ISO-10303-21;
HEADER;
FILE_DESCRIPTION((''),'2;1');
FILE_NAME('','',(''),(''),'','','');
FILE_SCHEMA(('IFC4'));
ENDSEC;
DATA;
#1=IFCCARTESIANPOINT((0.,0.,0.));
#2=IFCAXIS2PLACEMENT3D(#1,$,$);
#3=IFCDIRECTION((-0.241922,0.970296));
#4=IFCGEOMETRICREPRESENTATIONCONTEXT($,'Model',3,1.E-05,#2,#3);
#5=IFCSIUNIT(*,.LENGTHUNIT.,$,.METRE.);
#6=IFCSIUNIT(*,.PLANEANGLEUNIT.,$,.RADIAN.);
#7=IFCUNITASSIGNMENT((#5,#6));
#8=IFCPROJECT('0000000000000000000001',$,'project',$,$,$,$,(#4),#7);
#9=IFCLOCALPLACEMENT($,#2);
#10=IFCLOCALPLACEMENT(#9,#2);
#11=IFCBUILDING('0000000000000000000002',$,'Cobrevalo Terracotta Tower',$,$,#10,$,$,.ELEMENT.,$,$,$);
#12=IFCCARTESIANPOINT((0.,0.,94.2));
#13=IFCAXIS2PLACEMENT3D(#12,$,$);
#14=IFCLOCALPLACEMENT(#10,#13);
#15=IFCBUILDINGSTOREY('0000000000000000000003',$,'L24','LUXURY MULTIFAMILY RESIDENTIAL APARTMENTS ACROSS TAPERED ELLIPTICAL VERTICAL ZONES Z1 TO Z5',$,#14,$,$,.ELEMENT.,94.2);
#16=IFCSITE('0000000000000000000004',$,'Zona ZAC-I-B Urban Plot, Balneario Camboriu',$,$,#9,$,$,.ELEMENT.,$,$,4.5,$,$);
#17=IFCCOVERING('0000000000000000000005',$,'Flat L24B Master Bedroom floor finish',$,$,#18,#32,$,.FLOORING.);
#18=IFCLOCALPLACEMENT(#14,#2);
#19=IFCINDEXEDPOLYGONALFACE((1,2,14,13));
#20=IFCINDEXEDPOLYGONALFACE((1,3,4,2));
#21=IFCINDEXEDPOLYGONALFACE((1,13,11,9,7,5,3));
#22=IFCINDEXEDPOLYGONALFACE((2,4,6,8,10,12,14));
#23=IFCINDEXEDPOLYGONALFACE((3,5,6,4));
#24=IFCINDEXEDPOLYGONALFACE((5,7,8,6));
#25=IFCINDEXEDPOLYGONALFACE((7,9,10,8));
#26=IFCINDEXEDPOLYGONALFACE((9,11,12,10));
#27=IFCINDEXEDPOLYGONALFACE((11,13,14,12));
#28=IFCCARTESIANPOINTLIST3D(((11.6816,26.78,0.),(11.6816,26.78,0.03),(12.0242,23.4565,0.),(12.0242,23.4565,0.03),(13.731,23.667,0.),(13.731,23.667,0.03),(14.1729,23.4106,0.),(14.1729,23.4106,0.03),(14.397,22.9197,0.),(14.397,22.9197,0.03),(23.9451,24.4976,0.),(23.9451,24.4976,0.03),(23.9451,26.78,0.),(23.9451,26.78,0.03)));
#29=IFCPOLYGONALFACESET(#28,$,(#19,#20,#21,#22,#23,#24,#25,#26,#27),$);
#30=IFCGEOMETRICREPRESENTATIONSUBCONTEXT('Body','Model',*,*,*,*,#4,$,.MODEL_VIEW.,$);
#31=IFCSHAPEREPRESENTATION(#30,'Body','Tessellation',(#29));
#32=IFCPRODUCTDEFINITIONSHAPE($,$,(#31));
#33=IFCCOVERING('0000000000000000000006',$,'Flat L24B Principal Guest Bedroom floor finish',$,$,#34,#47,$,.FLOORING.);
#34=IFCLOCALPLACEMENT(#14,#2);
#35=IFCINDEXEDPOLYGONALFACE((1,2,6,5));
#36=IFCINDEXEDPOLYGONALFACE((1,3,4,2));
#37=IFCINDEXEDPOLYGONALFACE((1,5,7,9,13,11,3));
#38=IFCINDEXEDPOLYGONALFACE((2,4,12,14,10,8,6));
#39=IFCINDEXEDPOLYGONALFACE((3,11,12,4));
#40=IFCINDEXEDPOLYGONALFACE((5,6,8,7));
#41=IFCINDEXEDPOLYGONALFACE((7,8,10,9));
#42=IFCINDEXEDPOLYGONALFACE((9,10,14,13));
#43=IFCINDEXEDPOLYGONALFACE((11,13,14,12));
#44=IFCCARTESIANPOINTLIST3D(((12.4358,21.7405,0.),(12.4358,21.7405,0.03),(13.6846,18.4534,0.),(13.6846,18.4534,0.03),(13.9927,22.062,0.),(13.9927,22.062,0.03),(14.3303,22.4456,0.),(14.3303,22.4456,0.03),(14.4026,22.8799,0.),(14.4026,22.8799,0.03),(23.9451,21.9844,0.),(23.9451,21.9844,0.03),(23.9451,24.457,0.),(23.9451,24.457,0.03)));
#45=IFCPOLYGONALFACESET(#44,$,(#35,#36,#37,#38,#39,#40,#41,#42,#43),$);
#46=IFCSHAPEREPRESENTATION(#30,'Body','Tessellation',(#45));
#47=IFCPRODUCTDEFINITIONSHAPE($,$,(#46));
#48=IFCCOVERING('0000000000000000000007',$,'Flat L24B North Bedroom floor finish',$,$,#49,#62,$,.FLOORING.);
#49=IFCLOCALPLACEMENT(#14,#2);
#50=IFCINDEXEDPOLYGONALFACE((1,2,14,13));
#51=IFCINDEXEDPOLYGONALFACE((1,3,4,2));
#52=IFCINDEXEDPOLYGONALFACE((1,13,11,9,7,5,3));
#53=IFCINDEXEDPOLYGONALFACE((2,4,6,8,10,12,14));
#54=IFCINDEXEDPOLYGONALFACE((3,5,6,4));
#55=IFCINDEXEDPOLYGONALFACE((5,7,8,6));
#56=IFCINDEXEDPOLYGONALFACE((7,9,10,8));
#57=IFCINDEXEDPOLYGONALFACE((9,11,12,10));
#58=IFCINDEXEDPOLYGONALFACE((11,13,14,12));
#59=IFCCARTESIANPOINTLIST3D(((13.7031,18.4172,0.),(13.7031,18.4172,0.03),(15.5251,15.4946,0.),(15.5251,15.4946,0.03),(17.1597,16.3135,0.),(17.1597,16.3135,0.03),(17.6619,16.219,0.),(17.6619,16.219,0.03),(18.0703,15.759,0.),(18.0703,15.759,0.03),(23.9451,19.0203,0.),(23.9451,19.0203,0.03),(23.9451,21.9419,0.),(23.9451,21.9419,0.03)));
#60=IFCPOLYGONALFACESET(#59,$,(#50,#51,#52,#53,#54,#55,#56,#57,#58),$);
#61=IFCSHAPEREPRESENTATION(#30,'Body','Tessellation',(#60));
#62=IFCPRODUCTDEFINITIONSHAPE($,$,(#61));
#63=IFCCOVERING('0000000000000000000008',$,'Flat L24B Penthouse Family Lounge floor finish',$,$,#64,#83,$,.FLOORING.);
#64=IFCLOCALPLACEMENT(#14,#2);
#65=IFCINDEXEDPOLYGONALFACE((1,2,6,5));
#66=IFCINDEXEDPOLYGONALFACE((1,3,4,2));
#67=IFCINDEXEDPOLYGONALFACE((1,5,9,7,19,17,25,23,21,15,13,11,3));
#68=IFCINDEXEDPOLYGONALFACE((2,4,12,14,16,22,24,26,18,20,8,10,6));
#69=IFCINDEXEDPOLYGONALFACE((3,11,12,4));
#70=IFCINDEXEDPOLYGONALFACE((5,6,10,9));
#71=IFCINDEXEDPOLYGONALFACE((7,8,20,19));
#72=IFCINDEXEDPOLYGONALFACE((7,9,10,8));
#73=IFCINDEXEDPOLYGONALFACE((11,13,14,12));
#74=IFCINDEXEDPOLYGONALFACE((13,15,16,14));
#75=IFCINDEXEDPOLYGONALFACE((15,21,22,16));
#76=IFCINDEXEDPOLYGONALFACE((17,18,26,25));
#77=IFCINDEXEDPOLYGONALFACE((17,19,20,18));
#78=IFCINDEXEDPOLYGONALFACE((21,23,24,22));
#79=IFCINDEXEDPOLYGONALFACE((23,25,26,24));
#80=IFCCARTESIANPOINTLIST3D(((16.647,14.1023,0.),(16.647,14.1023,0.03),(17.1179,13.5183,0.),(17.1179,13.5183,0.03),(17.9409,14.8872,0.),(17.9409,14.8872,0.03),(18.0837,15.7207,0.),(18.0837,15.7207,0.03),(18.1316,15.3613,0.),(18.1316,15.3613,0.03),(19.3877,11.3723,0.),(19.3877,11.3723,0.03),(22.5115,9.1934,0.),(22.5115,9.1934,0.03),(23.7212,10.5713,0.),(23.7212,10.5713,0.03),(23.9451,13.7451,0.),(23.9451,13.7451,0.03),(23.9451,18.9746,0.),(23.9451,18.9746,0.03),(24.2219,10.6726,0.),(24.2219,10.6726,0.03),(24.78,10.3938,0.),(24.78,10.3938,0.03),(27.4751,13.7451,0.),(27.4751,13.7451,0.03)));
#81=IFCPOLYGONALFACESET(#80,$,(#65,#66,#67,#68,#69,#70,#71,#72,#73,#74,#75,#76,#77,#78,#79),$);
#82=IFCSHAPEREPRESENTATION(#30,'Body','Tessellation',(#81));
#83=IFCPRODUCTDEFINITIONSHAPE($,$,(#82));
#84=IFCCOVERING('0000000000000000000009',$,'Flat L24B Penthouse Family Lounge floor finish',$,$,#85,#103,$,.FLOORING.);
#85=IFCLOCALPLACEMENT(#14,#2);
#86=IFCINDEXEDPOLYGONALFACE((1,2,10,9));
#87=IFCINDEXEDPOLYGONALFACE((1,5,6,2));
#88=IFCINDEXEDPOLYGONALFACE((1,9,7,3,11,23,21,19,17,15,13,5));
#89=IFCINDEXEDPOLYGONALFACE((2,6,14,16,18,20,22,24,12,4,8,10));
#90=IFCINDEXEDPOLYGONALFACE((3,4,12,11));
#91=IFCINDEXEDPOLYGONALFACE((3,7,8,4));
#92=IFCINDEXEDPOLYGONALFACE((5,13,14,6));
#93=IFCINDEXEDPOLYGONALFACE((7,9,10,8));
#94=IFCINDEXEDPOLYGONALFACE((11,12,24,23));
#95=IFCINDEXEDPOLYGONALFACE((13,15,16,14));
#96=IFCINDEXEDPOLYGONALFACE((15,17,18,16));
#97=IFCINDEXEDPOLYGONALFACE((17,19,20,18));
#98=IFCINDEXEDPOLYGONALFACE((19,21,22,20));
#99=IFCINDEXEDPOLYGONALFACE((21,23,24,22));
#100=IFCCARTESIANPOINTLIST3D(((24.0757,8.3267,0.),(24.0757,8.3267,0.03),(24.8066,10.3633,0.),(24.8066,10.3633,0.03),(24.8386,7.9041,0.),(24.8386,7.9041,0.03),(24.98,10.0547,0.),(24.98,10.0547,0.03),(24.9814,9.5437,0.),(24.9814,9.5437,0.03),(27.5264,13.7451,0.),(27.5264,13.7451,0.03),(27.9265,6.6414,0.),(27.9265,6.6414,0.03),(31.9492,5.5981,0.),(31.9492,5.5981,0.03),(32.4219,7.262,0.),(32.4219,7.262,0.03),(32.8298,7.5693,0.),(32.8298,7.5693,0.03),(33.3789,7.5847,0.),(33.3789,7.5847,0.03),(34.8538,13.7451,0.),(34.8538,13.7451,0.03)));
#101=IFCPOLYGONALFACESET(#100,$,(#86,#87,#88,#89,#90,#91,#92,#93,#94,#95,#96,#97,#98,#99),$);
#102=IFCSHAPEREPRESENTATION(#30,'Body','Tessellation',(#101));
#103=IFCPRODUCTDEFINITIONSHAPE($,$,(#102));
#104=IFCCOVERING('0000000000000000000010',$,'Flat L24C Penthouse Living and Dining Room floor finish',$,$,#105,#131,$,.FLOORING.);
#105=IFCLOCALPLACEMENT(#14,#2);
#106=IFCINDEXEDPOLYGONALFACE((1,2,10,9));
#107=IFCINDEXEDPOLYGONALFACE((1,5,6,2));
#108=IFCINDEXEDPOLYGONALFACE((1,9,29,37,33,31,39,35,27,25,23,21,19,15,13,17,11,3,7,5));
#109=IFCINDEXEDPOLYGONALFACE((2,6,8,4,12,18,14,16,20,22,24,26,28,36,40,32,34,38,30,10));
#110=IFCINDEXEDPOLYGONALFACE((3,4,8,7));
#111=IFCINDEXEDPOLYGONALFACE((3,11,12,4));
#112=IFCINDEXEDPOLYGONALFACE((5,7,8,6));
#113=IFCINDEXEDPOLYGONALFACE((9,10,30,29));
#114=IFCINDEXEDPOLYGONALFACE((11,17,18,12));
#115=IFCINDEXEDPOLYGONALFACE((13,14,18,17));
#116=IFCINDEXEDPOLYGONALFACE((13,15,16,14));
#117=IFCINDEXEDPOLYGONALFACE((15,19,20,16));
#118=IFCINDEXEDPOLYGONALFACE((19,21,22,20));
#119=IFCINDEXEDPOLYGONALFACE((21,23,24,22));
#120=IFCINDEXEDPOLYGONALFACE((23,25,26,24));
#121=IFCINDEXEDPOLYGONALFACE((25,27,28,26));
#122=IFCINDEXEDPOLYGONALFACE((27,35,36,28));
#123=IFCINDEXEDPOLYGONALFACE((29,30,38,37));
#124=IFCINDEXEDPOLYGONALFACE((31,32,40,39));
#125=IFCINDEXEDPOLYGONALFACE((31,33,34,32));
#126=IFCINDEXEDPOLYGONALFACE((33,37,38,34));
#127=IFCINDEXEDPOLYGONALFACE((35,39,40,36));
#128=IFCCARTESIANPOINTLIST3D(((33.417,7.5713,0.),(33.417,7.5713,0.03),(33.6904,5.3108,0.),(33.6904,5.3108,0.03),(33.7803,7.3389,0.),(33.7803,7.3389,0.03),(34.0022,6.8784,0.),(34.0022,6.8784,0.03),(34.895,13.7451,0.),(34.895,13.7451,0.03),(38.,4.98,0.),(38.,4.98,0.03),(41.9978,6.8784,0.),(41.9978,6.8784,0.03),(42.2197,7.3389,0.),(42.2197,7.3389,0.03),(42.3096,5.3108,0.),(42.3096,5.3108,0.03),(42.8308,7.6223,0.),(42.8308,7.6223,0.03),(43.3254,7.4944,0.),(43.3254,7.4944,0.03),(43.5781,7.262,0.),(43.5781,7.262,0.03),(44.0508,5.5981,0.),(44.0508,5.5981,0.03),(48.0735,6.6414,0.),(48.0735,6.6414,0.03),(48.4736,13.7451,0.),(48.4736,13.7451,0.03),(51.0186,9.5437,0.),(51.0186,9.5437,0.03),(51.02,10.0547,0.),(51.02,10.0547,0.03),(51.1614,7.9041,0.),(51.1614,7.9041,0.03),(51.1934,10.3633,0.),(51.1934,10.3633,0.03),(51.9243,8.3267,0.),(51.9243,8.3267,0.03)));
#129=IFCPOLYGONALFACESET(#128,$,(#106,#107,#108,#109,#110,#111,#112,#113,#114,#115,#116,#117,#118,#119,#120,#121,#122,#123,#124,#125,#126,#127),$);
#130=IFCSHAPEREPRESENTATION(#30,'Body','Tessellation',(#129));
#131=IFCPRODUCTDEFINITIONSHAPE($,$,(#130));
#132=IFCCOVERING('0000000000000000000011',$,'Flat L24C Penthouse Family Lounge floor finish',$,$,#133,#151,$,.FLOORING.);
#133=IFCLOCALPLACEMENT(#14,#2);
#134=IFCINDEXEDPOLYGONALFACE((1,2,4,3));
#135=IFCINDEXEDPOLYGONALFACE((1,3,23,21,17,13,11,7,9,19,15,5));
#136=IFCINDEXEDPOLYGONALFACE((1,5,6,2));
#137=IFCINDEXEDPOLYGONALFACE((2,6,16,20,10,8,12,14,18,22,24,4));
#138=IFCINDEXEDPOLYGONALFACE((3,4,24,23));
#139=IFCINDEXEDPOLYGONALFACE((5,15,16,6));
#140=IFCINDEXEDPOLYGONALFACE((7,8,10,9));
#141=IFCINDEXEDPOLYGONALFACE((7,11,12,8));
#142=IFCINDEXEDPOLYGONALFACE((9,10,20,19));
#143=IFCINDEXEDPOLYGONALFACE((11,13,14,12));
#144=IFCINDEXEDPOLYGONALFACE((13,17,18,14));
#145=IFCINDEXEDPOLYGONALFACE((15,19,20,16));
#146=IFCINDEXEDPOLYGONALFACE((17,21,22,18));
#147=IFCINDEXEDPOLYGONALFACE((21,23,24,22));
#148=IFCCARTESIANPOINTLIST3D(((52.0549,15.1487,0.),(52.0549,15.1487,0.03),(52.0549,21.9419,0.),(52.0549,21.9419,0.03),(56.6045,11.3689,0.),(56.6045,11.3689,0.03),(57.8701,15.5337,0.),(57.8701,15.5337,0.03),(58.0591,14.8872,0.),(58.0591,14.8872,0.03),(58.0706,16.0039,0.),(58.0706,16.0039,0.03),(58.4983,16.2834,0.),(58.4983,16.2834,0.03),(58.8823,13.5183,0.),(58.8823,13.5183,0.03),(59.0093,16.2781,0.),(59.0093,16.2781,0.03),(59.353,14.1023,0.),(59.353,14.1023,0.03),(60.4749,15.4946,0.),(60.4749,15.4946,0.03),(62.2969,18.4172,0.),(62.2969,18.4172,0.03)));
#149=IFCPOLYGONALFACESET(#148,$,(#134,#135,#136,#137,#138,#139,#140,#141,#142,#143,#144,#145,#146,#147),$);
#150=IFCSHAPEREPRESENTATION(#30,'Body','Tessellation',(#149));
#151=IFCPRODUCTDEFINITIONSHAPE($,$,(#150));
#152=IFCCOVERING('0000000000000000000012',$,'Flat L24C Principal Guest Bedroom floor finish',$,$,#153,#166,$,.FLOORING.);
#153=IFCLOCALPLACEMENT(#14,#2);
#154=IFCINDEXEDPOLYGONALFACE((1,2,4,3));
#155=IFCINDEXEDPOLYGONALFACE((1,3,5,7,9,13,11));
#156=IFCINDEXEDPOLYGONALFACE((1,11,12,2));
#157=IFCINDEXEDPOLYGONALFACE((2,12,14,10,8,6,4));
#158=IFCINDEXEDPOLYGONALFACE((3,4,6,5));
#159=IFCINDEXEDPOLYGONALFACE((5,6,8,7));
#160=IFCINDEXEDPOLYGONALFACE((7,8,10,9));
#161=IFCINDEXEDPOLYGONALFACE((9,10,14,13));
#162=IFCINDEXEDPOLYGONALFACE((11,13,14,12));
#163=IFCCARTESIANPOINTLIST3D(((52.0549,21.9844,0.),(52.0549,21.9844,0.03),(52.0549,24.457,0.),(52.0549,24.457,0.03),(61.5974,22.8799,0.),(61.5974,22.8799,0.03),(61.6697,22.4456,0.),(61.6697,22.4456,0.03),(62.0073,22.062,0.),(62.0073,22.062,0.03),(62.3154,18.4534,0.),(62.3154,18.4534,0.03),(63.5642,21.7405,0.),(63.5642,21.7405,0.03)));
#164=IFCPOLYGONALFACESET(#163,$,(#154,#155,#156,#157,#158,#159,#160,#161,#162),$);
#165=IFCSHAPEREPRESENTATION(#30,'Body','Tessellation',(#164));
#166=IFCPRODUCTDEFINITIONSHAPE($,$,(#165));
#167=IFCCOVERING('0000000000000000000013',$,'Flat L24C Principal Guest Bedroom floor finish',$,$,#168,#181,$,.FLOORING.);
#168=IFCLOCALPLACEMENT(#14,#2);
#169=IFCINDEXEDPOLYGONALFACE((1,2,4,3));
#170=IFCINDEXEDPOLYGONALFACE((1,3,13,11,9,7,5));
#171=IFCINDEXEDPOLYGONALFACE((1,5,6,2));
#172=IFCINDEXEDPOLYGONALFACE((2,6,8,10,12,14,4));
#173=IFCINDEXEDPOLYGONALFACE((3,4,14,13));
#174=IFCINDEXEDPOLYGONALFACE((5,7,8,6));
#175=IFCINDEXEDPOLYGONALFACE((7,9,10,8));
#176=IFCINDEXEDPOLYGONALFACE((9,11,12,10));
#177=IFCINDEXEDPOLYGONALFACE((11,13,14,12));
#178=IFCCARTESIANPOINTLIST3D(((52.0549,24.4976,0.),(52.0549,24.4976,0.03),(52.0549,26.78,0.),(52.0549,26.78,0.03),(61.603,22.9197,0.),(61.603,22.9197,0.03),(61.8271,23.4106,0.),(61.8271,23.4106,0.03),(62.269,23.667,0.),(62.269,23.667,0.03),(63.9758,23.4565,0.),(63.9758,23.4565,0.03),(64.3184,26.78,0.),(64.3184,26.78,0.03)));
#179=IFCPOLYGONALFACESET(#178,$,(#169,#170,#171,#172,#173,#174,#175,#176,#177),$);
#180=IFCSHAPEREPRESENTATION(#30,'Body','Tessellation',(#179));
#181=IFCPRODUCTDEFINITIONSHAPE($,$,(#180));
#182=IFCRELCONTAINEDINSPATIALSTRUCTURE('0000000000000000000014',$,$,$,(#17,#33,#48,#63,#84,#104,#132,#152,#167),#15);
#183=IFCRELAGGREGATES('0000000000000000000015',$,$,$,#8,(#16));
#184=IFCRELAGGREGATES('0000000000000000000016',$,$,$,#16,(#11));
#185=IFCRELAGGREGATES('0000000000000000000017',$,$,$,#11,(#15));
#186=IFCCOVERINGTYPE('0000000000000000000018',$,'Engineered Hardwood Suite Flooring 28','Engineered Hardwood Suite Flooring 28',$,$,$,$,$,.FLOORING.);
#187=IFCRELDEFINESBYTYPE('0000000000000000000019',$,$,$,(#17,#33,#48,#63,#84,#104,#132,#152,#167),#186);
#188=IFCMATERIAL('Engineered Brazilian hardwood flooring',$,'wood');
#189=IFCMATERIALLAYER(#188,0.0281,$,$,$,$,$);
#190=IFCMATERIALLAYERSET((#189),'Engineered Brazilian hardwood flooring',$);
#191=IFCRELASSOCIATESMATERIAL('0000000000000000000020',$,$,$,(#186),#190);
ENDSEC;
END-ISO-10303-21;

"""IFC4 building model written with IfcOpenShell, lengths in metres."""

from ifc_helpers import new_model, si_unit, direction, frame, origin, place, context, subcontext, project, spatial, polyline, outline, extrude, material, layer, layer_set, type_object, element, save


model = new_model("IFC4")

# Units and contexts
model_context = context("Model", 3, precision=1e-05, world=origin(), true_north=direction((-0.241922, 0.970296)))
body_context = subcontext(model_context, "Body", "Model", "MODEL_VIEW")
ifc_project = project(units=[si_unit("LENGTHUNIT", "METRE"), si_unit("PLANEANGLEUNIT", "RADIAN")], contexts=[model_context])

# Site, building, storey
site_placement = place(None, origin())
site = spatial("IfcSite", under=ifc_project, at=site_placement, Name="Zona ZAC-I-B Urban Plot, Balneario Camboriu", CompositionType="ELEMENT", RefElevation=4.5)
building_placement = place(site_placement, origin())
building = spatial("IfcBuilding", under=site, at=building_placement, Name="Cobrevalo Terracotta Tower", CompositionType="ELEMENT")
storey_placement = place(building_placement, frame((0.0, 0.0, 94.2)))
storey = spatial("IfcBuildingStorey", under=building, at=storey_placement, Name="L24", Description="LUXURY MULTIFAMILY RESIDENTIAL APARTMENTS ACROSS TAPERED ELLIPTICAL VERTICAL ZONES Z1 TO Z5", CompositionType="ELEMENT", Elevation=94.2)

# Coverings
ifc_material_1 = material(Name="Engineered Brazilian hardwood flooring", Category="wood")
ifc_layer_1 = layer(ifc_material_1, 0.0281)
ifc_layer_set_1 = layer_set([ifc_layer_1], Name="Engineered Brazilian hardwood flooring")
covering_type_1 = type_object("IfcCoveringType", Name="Engineered Hardwood Suite Flooring 28", Description="Engineered Hardwood Suite Flooring 28", PredefinedType="FLOORING", material=ifc_layer_set_1)
covering_1_placement = place(storey_placement, origin())
element("IfcCovering", 1, at=covering_1_placement, inside=storey, type_object=covering_type_1, Name="Flat L24B Master Bedroom floor finish", PredefinedType="FLOORING", context=body_context, shape_type="SweptSolid", body=[
    extrude(outline(polyline([(11.6816, 26.78), (23.9451, 26.78), (23.9451, 24.4976), (14.397, 22.9197), (14.1729, 23.4106), (13.731, 23.667), (12.0242, 23.4565), (11.6816, 26.78)])), origin(), (0.0, 0.0, 1.0), 0.03),
])
covering_2_placement = place(storey_placement, origin())
element("IfcCovering", 2, at=covering_2_placement, inside=storey, type_object=covering_type_1, Name="Flat L24B Principal Guest Bedroom floor finish", PredefinedType="FLOORING", context=body_context, shape_type="SweptSolid", body=[
    extrude(outline(polyline([(13.6846, 18.4534), (12.4358, 21.7405), (13.9927, 22.062), (14.3303, 22.4456), (14.4026, 22.8799), (23.9451, 24.457), (23.9451, 21.9844), (13.6846, 18.4534)])), origin(), (0.0, 0.0, 1.0), 0.03),
])
covering_3_placement = place(storey_placement, origin())
element("IfcCovering", 3, at=covering_3_placement, inside=storey, type_object=covering_type_1, Name="Flat L24B North Bedroom floor finish", PredefinedType="FLOORING", context=body_context, shape_type="SweptSolid", body=[
    extrude(outline(polyline([(13.7031, 18.4172), (23.9451, 21.9419), (23.9451, 19.0203), (18.0703, 15.759), (17.6619, 16.219), (17.1597, 16.3135), (15.5251, 15.4946), (13.7031, 18.4172)])), origin(), (0.0, 0.0, 1.0), 0.03),
])
covering_4_placement = place(storey_placement, origin())
element("IfcCovering", 4, at=covering_4_placement, inside=storey, type_object=covering_type_1, Name="Flat L24B Penthouse Family Lounge floor finish", PredefinedType="FLOORING", context=body_context, shape_type="SweptSolid", body=[
    extrude(outline(polyline([(19.3877, 11.3723), (17.1179, 13.5183), (16.647, 14.1023), (17.9409, 14.8872), (18.1316, 15.3613), (18.0837, 15.7207), (23.9451, 18.9746), (23.9451, 13.7451), (27.4751, 13.7451), (24.78, 10.3938), (24.2219, 10.6726), (23.7212, 10.5713), (22.5115, 9.1934), (19.3877, 11.3723)])), origin(), (0.0, 0.0, 1.0), 0.03),
])
covering_5_placement = place(storey_placement, origin())
element("IfcCovering", 5, at=covering_5_placement, inside=storey, type_object=covering_type_1, Name="Flat L24B Penthouse Family Lounge floor finish", PredefinedType="FLOORING", context=body_context, shape_type="SweptSolid", body=[
    extrude(outline(polyline([(24.0757, 8.3267), (24.9814, 9.5437), (24.98, 10.0547), (24.8066, 10.3633), (27.5264, 13.7451), (34.8538, 13.7451), (33.3789, 7.5847), (32.8298, 7.5693), (32.4219, 7.262), (31.9492, 5.5981), (27.9265, 6.6414), (24.8386, 7.9041), (24.0757, 8.3267)])), origin(), (0.0, 0.0, 1.0), 0.03),
])
covering_6_placement = place(storey_placement, origin())
element("IfcCovering", 6, at=covering_6_placement, inside=storey, type_object=covering_type_1, Name="Flat L24C Penthouse Living and Dining Room floor finish", PredefinedType="FLOORING", context=body_context, shape_type="SweptSolid", body=[
    extrude(outline(polyline([(48.0735, 6.6414), (44.0508, 5.5981), (43.5781, 7.262), (43.3254, 7.4944), (42.8308, 7.6223), (42.2197, 7.3389), (41.9978, 6.8784), (42.3096, 5.3108), (38.0, 4.98), (33.6904, 5.3108), (34.0022, 6.8784), (33.7803, 7.3389), (33.417, 7.5713), (34.895, 13.7451), (48.4736, 13.7451), (51.1934, 10.3633), (51.02, 10.0547), (51.0186, 9.5437), (51.9243, 8.3267), (51.1614, 7.9041), (48.0735, 6.6414)])), origin(), (0.0, 0.0, 1.0), 0.03),
])
covering_7_placement = place(storey_placement, origin())
element("IfcCovering", 7, at=covering_7_placement, inside=storey, type_object=covering_type_1, Name="Flat L24C Penthouse Family Lounge floor finish", PredefinedType="FLOORING", context=body_context, shape_type="SweptSolid", body=[
    extrude(outline(polyline([(60.4749, 15.4946), (59.0093, 16.2781), (58.4983, 16.2834), (58.0706, 16.0039), (57.8701, 15.5337), (58.0591, 14.8872), (59.353, 14.1023), (58.8823, 13.5183), (56.6045, 11.3689), (52.0549, 15.1487), (52.0549, 21.9419), (62.2969, 18.4172), (60.4749, 15.4946)])), origin(), (0.0, 0.0, 1.0), 0.03),
])
covering_8_placement = place(storey_placement, origin())
element("IfcCovering", 8, at=covering_8_placement, inside=storey, type_object=covering_type_1, Name="Flat L24C Principal Guest Bedroom floor finish", PredefinedType="FLOORING", context=body_context, shape_type="SweptSolid", body=[
    extrude(outline(polyline([(52.0549, 21.9844), (52.0549, 24.457), (61.5974, 22.8799), (61.6697, 22.4456), (62.0073, 22.062), (63.5642, 21.7405), (62.3154, 18.4534), (52.0549, 21.9844)])), origin(), (0.0, 0.0, 1.0), 0.03),
])
covering_9_placement = place(storey_placement, origin())
element("IfcCovering", 9, at=covering_9_placement, inside=storey, type_object=covering_type_1, Name="Flat L24C Principal Guest Bedroom floor finish", PredefinedType="FLOORING", context=body_context, shape_type="SweptSolid", body=[
    extrude(outline(polyline([(64.3184, 26.78), (63.9758, 23.4565), (62.269, 23.667), (61.8271, 23.4106), (61.603, 22.9197), (52.0549, 24.4976), (52.0549, 26.78), (64.3184, 26.78)])), origin(), (0.0, 0.0, 1.0), 0.03),
])

save(model, "model.ifc")
